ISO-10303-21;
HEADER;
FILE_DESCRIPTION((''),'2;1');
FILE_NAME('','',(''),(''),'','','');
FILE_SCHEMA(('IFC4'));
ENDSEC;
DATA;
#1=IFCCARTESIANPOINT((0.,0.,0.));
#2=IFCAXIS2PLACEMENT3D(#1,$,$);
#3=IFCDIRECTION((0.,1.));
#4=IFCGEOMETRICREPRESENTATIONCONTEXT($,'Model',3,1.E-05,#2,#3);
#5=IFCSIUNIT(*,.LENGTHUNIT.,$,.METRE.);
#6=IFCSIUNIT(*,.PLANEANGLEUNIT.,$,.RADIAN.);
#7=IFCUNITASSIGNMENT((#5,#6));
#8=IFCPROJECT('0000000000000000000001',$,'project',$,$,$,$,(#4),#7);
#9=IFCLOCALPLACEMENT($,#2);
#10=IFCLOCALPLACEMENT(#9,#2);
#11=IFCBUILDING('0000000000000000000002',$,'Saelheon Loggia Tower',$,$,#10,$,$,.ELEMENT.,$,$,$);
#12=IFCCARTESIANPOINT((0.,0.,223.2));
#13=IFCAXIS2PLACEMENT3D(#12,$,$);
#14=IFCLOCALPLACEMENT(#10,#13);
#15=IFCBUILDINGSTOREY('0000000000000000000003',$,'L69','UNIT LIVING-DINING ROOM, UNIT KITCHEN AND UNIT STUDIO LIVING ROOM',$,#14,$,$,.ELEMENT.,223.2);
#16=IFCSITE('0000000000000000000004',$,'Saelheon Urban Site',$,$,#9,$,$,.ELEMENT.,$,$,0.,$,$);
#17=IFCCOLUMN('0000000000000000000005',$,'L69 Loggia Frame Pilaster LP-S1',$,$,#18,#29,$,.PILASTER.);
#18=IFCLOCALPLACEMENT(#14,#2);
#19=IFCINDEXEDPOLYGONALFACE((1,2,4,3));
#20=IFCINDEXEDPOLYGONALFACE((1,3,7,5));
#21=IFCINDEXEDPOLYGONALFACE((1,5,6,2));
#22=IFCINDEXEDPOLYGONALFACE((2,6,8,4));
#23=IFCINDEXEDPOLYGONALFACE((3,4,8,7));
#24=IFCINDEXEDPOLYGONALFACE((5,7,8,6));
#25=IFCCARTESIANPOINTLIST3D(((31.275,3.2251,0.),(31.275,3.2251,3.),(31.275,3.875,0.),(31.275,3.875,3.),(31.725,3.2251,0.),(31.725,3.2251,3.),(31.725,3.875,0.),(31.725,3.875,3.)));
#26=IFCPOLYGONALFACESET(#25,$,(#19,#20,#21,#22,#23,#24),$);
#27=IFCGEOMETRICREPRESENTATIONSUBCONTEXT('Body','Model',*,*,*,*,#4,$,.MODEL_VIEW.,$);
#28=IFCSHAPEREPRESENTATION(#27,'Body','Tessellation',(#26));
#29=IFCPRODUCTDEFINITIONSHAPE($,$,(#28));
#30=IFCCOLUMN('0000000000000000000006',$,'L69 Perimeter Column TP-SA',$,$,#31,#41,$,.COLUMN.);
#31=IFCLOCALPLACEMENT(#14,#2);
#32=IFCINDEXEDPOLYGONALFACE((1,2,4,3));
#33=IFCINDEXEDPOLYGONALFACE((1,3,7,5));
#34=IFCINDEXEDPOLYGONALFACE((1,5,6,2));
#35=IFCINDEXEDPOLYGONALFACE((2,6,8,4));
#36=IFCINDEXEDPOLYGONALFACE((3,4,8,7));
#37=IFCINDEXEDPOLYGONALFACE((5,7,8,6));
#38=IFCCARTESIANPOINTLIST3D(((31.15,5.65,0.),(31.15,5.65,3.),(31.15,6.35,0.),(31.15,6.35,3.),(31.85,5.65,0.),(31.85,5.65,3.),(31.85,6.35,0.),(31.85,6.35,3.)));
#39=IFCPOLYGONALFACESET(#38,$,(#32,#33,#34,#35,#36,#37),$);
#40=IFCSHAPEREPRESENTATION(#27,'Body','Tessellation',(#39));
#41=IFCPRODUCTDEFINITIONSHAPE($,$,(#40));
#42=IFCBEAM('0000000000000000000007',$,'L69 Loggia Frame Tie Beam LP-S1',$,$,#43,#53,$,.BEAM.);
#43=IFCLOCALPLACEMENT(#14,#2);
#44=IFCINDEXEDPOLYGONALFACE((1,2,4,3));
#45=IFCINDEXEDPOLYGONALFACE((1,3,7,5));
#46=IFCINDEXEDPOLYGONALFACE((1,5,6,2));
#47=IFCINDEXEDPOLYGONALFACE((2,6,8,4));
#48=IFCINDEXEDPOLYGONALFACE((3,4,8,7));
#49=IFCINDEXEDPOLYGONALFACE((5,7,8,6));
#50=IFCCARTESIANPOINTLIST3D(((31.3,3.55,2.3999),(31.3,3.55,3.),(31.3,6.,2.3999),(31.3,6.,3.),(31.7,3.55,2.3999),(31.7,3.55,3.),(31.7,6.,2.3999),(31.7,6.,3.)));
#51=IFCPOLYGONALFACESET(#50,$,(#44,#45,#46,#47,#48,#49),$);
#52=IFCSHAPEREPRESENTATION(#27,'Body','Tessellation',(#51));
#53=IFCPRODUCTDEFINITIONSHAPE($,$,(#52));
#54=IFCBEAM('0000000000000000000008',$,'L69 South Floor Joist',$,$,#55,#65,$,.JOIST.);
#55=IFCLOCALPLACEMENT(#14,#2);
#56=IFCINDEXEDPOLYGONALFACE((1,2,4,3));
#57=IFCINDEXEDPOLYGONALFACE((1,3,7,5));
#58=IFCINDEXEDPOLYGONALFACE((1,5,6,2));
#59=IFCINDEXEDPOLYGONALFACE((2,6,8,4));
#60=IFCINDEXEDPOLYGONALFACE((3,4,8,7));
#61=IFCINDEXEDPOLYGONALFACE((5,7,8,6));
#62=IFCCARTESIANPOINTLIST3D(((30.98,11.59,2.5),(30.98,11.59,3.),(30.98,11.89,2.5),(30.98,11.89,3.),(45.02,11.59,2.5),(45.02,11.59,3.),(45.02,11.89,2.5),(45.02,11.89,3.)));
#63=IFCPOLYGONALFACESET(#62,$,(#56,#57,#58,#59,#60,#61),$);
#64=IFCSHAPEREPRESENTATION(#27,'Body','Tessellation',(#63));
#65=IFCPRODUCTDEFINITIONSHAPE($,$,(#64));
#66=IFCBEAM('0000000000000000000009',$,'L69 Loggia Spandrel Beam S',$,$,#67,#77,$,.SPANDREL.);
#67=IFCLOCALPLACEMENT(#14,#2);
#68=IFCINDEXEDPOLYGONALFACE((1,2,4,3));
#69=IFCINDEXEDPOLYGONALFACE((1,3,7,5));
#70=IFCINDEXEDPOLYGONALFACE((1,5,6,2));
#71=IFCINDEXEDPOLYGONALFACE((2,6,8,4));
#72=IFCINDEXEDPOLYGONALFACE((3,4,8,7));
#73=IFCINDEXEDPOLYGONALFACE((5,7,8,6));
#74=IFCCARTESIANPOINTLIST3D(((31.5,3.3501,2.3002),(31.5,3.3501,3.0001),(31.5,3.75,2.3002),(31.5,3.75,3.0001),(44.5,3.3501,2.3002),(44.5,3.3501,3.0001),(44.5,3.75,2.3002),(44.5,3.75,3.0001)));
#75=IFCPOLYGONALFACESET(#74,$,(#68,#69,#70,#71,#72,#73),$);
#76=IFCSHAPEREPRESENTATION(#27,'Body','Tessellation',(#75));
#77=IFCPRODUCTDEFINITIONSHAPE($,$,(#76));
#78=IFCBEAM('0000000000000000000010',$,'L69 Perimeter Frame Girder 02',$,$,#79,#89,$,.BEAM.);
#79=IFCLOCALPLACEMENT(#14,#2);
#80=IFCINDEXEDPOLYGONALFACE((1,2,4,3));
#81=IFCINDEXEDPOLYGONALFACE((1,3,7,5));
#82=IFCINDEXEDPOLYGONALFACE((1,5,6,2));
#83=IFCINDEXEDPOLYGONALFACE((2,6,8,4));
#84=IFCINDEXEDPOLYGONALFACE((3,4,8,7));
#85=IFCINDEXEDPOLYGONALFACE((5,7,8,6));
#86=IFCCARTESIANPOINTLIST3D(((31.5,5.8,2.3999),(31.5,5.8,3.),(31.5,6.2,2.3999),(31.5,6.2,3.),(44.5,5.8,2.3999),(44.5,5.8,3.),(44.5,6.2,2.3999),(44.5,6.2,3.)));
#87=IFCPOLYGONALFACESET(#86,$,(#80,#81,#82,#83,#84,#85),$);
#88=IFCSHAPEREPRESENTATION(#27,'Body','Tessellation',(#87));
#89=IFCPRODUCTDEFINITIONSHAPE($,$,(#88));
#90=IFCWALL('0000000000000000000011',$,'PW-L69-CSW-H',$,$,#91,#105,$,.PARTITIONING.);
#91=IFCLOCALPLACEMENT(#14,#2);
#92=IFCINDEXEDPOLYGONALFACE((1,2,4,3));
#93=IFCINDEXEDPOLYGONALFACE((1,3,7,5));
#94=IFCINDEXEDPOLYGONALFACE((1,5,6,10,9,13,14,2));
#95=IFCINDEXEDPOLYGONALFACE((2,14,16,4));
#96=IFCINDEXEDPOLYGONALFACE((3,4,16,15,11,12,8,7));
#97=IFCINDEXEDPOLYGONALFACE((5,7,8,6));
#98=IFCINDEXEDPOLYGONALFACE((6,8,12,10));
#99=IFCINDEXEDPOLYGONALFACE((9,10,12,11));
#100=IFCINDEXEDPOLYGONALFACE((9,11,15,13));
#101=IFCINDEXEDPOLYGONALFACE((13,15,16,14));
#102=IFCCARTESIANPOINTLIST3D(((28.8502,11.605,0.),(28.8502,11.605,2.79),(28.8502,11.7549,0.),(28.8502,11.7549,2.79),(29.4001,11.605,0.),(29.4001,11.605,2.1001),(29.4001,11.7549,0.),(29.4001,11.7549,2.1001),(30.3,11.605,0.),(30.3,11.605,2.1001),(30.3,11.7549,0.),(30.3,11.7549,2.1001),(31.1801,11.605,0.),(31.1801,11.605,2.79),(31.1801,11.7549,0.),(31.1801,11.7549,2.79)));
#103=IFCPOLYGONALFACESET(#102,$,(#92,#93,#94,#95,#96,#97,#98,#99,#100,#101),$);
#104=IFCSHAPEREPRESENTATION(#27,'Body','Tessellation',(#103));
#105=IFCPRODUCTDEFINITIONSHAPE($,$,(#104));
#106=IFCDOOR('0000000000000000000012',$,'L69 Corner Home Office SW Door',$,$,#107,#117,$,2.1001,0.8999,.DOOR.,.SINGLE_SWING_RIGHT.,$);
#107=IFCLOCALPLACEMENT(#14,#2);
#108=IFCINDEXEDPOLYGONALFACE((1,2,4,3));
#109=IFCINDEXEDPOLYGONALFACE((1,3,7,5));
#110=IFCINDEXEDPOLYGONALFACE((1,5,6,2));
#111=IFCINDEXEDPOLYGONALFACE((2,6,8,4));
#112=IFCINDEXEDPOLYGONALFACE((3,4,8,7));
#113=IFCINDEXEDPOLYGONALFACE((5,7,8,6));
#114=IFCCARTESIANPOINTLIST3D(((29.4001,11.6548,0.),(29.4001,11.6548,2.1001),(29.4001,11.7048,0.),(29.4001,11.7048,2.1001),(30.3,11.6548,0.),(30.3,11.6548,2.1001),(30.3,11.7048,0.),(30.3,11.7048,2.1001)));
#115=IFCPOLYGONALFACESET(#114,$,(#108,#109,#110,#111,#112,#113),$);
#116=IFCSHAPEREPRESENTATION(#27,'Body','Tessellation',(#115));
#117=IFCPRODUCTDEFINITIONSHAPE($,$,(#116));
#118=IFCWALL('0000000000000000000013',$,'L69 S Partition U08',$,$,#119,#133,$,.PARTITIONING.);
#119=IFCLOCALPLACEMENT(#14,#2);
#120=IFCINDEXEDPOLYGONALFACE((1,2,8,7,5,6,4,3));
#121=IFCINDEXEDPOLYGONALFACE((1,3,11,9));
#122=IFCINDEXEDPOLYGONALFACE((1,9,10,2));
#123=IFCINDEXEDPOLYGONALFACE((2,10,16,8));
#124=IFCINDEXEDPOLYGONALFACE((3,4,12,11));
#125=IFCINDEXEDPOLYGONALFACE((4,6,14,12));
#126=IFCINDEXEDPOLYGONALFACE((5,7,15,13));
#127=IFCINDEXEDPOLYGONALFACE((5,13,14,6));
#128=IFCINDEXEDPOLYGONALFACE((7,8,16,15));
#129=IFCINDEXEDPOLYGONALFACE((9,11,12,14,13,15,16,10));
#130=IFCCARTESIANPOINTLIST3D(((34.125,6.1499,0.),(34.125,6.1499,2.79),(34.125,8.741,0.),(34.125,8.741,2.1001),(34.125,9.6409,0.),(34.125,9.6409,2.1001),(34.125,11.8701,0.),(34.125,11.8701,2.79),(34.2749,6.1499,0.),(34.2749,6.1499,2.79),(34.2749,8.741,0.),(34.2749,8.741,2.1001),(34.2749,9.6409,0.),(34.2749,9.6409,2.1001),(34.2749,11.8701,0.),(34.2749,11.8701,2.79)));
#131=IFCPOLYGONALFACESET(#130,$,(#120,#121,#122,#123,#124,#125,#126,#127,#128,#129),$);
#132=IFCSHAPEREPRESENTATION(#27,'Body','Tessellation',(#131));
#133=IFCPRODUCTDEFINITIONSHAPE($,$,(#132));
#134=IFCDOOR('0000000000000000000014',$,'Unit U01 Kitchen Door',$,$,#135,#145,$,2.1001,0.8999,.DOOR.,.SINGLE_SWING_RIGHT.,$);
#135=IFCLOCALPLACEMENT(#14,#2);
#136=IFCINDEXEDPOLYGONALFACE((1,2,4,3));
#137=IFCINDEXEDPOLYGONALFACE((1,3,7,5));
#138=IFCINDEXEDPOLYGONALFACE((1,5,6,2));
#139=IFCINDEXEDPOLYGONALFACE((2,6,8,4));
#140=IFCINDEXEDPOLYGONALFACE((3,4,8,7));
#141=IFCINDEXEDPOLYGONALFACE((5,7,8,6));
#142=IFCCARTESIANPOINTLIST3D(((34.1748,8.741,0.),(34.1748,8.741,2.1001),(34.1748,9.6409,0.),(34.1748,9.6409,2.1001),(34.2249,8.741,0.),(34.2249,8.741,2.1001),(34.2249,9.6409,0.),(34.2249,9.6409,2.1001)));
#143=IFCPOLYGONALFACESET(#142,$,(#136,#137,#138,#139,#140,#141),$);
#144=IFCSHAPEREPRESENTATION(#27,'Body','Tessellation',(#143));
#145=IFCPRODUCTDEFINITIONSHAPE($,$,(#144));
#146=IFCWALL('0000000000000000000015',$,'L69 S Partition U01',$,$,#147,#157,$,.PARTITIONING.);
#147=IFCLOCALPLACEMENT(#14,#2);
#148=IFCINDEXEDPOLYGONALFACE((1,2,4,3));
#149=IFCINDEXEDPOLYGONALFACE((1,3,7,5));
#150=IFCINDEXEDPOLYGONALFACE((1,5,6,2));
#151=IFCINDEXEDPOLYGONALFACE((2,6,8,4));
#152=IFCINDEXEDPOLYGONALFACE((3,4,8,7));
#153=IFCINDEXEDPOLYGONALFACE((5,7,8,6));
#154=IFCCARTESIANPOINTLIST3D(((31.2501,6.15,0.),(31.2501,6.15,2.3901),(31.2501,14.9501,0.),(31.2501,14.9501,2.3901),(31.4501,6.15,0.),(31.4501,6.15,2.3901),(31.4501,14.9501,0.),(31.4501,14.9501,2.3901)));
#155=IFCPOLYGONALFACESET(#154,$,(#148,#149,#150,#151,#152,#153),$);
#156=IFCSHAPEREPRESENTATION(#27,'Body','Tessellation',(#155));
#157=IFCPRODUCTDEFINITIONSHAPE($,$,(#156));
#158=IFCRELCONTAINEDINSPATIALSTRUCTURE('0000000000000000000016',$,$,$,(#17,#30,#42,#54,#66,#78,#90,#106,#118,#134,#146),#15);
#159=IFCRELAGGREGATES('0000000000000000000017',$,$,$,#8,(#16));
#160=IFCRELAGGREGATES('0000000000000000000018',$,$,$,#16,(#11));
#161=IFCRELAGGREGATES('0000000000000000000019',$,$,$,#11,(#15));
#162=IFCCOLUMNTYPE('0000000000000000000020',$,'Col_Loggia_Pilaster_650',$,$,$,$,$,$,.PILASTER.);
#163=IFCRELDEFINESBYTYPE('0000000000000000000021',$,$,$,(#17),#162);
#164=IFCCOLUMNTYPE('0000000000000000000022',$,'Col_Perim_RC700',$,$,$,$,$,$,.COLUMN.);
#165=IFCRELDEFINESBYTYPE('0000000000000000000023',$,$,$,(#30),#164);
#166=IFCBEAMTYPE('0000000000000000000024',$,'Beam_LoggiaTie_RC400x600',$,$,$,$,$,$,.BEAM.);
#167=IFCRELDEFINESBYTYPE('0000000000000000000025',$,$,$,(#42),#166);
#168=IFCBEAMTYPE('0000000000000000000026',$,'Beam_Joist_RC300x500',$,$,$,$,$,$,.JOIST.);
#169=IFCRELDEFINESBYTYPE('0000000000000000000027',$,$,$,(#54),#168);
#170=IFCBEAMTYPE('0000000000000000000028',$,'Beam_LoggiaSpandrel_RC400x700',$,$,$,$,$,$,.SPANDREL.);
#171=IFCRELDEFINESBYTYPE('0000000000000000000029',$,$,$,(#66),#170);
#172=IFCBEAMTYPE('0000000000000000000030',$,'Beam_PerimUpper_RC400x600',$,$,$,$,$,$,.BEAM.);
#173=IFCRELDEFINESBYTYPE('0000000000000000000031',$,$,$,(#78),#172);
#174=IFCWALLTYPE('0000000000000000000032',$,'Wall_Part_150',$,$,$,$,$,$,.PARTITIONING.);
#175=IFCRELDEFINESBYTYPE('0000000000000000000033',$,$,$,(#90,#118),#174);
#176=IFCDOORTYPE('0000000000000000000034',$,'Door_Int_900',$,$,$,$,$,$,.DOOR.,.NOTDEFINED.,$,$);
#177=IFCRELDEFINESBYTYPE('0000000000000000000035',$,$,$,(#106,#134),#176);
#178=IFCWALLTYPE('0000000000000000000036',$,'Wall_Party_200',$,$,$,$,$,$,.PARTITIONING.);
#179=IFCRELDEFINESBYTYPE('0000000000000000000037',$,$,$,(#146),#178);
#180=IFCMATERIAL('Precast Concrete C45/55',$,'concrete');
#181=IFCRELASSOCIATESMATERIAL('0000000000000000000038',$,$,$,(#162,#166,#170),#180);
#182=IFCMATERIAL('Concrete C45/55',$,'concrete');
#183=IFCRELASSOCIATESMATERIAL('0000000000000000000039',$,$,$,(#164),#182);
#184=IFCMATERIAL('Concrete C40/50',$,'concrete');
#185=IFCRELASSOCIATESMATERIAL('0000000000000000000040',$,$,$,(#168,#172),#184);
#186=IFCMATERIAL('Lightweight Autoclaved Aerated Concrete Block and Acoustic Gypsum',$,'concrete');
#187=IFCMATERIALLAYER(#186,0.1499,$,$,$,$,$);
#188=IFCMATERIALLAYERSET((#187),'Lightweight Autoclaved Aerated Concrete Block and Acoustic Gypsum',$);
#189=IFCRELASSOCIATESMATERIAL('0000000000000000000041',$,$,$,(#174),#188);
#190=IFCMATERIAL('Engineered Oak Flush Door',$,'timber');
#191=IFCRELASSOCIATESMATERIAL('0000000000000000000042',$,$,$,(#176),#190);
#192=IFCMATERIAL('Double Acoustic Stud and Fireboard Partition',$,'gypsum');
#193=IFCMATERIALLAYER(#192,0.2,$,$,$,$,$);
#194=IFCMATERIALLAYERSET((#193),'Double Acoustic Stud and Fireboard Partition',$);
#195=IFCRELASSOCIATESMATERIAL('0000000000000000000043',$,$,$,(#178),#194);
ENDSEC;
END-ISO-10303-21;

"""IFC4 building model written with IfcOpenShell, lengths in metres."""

from ifc_helpers import new_model, si_unit, direction, frame, frame_2d, origin, origin_2d, place, context, subcontext, project, spatial, rectangle, extrude, source, transform, mapped, material, layer, layer_set, material_profile, profile_set, type_object, element, fill, save


model = new_model("IFC4")

# Units and contexts
model_context = context("Model", 3, precision=1e-05, world=origin(), true_north=direction((0.0, 1.0)))
body_context = subcontext(model_context, "Body", "Model", "MODEL_VIEW")
ifc_project = project(units=[si_unit("LENGTHUNIT", "METRE"), si_unit("PLANEANGLEUNIT", "RADIAN")], contexts=[model_context])

# Site, building, storey
site_placement = place(None, origin())
site = spatial("IfcSite", under=ifc_project, at=site_placement, Name="Saelheon Urban Site", CompositionType="ELEMENT", RefElevation=0.0)
building_placement = place(site_placement, origin())
building = spatial("IfcBuilding", under=site, at=building_placement, Name="Saelheon Loggia Tower", CompositionType="ELEMENT")
storey_placement = place(building_placement, frame((0.0, 0.0, 223.2)))
storey = spatial("IfcBuildingStorey", under=building, at=storey_placement, Name="L69", Description="UNIT LIVING-DINING ROOM, UNIT KITCHEN AND UNIT STUDIO LIVING ROOM", CompositionType="ELEMENT", Elevation=223.2)

# Columns
ifc_material_1 = material(Name="Precast Concrete C45/55", Category="concrete")
ifc_material_profile_1 = material_profile(ifc_material_1, rectangle(XDim=0.45, YDim=0.6499, at=origin_2d()), Name="RC-450x650")
ifc_profile_set_1 = profile_set([ifc_material_profile_1], Name="Precast Concrete C45/55")
column_type_1 = type_object("IfcColumnType", Name="Col_Loggia_Pilaster_650", PredefinedType="PILASTER", material=ifc_profile_set_1)
shared_shape_1 = source(origin(), body_context, "Body", "SweptSolid", [
    extrude(rectangle(XDim=0.45, YDim=0.6499, at=origin_2d()), origin(), (0.0, 0.0, 1.0), 3.0),
])
column_1_placement = place(storey_placement, frame((31.5, 3.55, 0.0), z_axis=(0.0, 0.0, 1.0), x_axis=(1.0, 0.0, 0.0)))
element("IfcColumn", 1, at=column_1_placement, inside=storey, type_object=column_type_1, Name="L69 Loggia Frame Pilaster LP-S1", PredefinedType="PILASTER", context=body_context, shape_type="MappedRepresentation", body=[
    mapped(shared_shape_1, transform((0.0, 0.0, 0.0), scale=1.0)),
])
ifc_material_2 = material(Name="Concrete C45/55", Category="concrete")
ifc_material_profile_2 = material_profile(ifc_material_2, rectangle(XDim=0.7, YDim=0.7, at=origin_2d()), Name="RC-700x700")
ifc_profile_set_2 = profile_set([ifc_material_profile_2], Name="Concrete C45/55")
column_type_2 = type_object("IfcColumnType", Name="Col_Perim_RC700", PredefinedType="COLUMN", material=ifc_profile_set_2)
shared_shape_2 = source(origin(), body_context, "Body", "SweptSolid", [
    extrude(rectangle(XDim=0.7, YDim=0.7, at=origin_2d()), origin(), (0.0, 0.0, 1.0), 3.0),
])
column_2_placement = place(storey_placement, frame((31.5, 6.0, 0.0), z_axis=(0.0, 0.0, 1.0), x_axis=(1.0, 0.0, 0.0)))
element("IfcColumn", 2, at=column_2_placement, inside=storey, type_object=column_type_2, Name="L69 Perimeter Column TP-SA", PredefinedType="COLUMN", context=body_context, shape_type="MappedRepresentation", body=[
    mapped(shared_shape_2, transform((0.0, 0.0, 0.0), scale=1.0)),
])

# Beams
ifc_material_profile_3 = material_profile(ifc_material_1, rectangle(XDim=0.3999, YDim=0.6001, at=origin_2d()), Name="RC-400x600")
ifc_profile_set_3 = profile_set([ifc_material_profile_3], Name="Precast Concrete C45/55")
beam_type_1 = type_object("IfcBeamType", Name="Beam_LoggiaTie_RC400x600", PredefinedType="BEAM", material=ifc_profile_set_3)
shared_shape_3 = source(origin(), body_context, "Body", "SweptSolid", [
    extrude(rectangle(XDim=0.3999, YDim=0.6001, at=origin_2d()), origin(), (0.0, 0.0, 1.0), 2.45),
])
beam_1_placement = place(storey_placement, frame((31.5, 6.0, 2.7), z_axis=(0.0, -1.0, 0.0), x_axis=(1.0, 0.0, 0.0)))
element("IfcBeam", 3, at=beam_1_placement, inside=storey, type_object=beam_type_1, Name="L69 Loggia Frame Tie Beam LP-S1", PredefinedType="BEAM", context=body_context, shape_type="MappedRepresentation", body=[
    mapped(shared_shape_3, transform((0.0, 0.0, 0.0), scale=1.0)),
])
ifc_material_3 = material(Name="Concrete C40/50", Category="concrete")
ifc_material_profile_4 = material_profile(ifc_material_3, rectangle(XDim=0.3, YDim=0.5, at=origin_2d()), Name="RC-300x500")
ifc_profile_set_4 = profile_set([ifc_material_profile_4], Name="Concrete C40/50")
beam_type_2 = type_object("IfcBeamType", Name="Beam_Joist_RC300x500", PredefinedType="JOIST", material=ifc_profile_set_4)
shared_shape_4 = source(origin(), body_context, "Body", "SweptSolid", [
    extrude(rectangle(XDim=0.3, YDim=0.5, at=origin_2d()), origin(), (0.0, 0.0, 1.0), 14.04),
])
beam_2_placement = place(storey_placement, frame((30.98, 11.74, 2.75), z_axis=(1.0, 0.0, 0.0), x_axis=(0.0, 1.0, 0.0)))
element("IfcBeam", 4, at=beam_2_placement, inside=storey, type_object=beam_type_2, Name="L69 South Floor Joist", PredefinedType="JOIST", context=body_context, shape_type="MappedRepresentation", body=[
    mapped(shared_shape_4, transform((0.0, 0.0, 0.0), scale=1.0)),
])
ifc_material_profile_5 = material_profile(ifc_material_1, rectangle(XDim=0.3999, YDim=0.7, at=origin_2d()), Name="RC-400x700")
ifc_profile_set_5 = profile_set([ifc_material_profile_5], Name="Precast Concrete C45/55")
beam_type_3 = type_object("IfcBeamType", Name="Beam_LoggiaSpandrel_RC400x700", PredefinedType="SPANDREL", material=ifc_profile_set_5)
shared_shape_5 = source(origin(), body_context, "Body", "SweptSolid", [
    extrude(rectangle(XDim=0.3999, YDim=0.7, at=origin_2d()), origin(), (0.0, 0.0, 1.0), 13.0),
])
beam_3_placement = place(storey_placement, frame((31.5, 3.55, 2.6501), z_axis=(1.0, 0.0, 0.0), x_axis=(0.0, 1.0, 0.0)))
element("IfcBeam", 5, at=beam_3_placement, inside=storey, type_object=beam_type_3, Name="L69 Loggia Spandrel Beam S", PredefinedType="SPANDREL", context=body_context, shape_type="MappedRepresentation", body=[
    mapped(shared_shape_5, transform((0.0, 0.0, 0.0), scale=1.0)),
])
ifc_material_profile_6 = material_profile(ifc_material_3, rectangle(XDim=0.3999, YDim=0.6001, at=origin_2d()), Name="RC-400x600")
ifc_profile_set_6 = profile_set([ifc_material_profile_6], Name="Concrete C40/50")
beam_type_4 = type_object("IfcBeamType", Name="Beam_PerimUpper_RC400x600", PredefinedType="BEAM", material=ifc_profile_set_6)
shared_shape_6 = source(origin(), body_context, "Body", "SweptSolid", [
    extrude(rectangle(XDim=0.3999, YDim=0.6001, at=origin_2d()), origin(), (0.0, 0.0, 1.0), 13.0),
])
beam_4_placement = place(storey_placement, frame((31.5, 6.0, 2.7), z_axis=(1.0, 0.0, 0.0), x_axis=(0.0, 1.0, 0.0)))
element("IfcBeam", 6, at=beam_4_placement, inside=storey, type_object=beam_type_4, Name="L69 Perimeter Frame Girder 02", PredefinedType="BEAM", context=body_context, shape_type="MappedRepresentation", body=[
    mapped(shared_shape_6, transform((0.0, 0.0, 0.0), scale=1.0)),
])

# Walls, openings, doors
ifc_material_4 = material(Name="Lightweight Autoclaved Aerated Concrete Block and Acoustic Gypsum", Category="concrete")
ifc_layer_1 = layer(ifc_material_4, 0.1499)
ifc_layer_set_1 = layer_set([ifc_layer_1], Name="Lightweight Autoclaved Aerated Concrete Block and Acoustic Gypsum")
wall_type_1 = type_object("IfcWallType", Name="Wall_Part_150", PredefinedType="PARTITIONING", material=ifc_layer_set_1)
wall_1_placement = place(storey_placement, frame((28.8501, 11.6799, 0.0), z_axis=(0.0, 0.0, 1.0), x_axis=(1.0, 0.0, 0.0)))
wall_1 = element("IfcWall", 7, at=wall_1_placement, inside=storey, type_object=wall_type_1, Name="PW-L69-CSW-H", PredefinedType="PARTITIONING", context=body_context, shape_type="SweptSolid", body=[
    extrude(rectangle(XDim=2.3298, YDim=0.1499, at=frame_2d((1.165, 0.0))), origin(), (0.0, 0.0, 1.0), 2.79),
])
opening_1_placement = place(wall_1_placement, frame((0.55, 0.0, 0.0)))
opening_1 = element("IfcOpeningElement", 8, at=opening_1_placement, cuts=wall_1, PredefinedType="OPENING", context=body_context, shape_type="SweptSolid", body=[
    extrude(rectangle(XDim=0.8999, YDim=2.1001, at=frame_2d((0.45, 1.05))), frame((0.0, 0.0869, 0.0), z_axis=(0.0, -1.0, 0.0), x_axis=(1.0, 0.0, 0.0)), (0.0, 0.0, 1.0), 0.1738),
])
ifc_material_5 = material(Name="Engineered Oak Flush Door", Category="timber")
door_type_1 = type_object("IfcDoorType", Name="Door_Int_900", OperationType="NOTDEFINED", PredefinedType="DOOR", material=ifc_material_5)
shared_shape_7 = source(origin(), body_context, "Body", "SweptSolid", [
    extrude(rectangle(XDim=0.8999, YDim=2.1001, at=frame_2d((0.45, 1.05))), frame((0.0, 0.0249, 0.0), z_axis=(0.0, -1.0, 0.0), x_axis=(1.0, 0.0, 0.0)), (0.0, 0.0, 1.0), 0.05),
])
door_1_placement = place(opening_1_placement, origin())
door_1 = element("IfcDoor", 9, at=door_1_placement, inside=storey, type_object=door_type_1, Name="L69 Corner Home Office SW Door", OperationType="SINGLE_SWING_RIGHT", OverallHeight=2.1001, OverallWidth=0.8999, PredefinedType="DOOR", context=body_context, shape_type="MappedRepresentation", body=[
    mapped(shared_shape_7, transform((0.0, 0.0, 0.0), scale=1.0)),
])
fill(opening_1, door_1)
wall_2_placement = place(storey_placement, frame((34.2, 11.8701, 0.0), z_axis=(0.0, 0.0, 1.0), x_axis=(0.0, -1.0, 0.0)))
wall_2 = element("IfcWall", 10, at=wall_2_placement, inside=storey, type_object=wall_type_1, Name="L69 S Partition U08", PredefinedType="PARTITIONING", context=body_context, shape_type="SweptSolid", body=[
    extrude(rectangle(XDim=5.7202, YDim=0.1499, at=frame_2d((2.8601, 0.0))), origin(), (0.0, 0.0, 1.0), 2.79),
])
opening_2_placement = place(wall_2_placement, frame((2.2292, 0.0, 0.0)))
opening_2 = element("IfcOpeningElement", 11, at=opening_2_placement, cuts=wall_2, PredefinedType="OPENING", context=body_context, shape_type="SweptSolid", body=[
    extrude(rectangle(XDim=0.8999, YDim=2.1001, at=frame_2d((0.45, 1.05))), frame((0.0, 0.0869, 0.0), z_axis=(0.0, -1.0, 0.0), x_axis=(1.0, 0.0, 0.0)), (0.0, 0.0, 1.0), 0.1738),
])
door_2_placement = place(opening_2_placement, origin())
door_2 = element("IfcDoor", 12, at=door_2_placement, inside=storey, type_object=door_type_1, Name="Unit U01 Kitchen Door", OperationType="SINGLE_SWING_RIGHT", OverallHeight=2.1001, OverallWidth=0.8999, PredefinedType="DOOR", context=body_context, shape_type="MappedRepresentation", body=[
    mapped(shared_shape_7, transform((0.0, 0.0, 0.0), scale=1.0)),
])
fill(opening_2, door_2)

# Wall
ifc_material_6 = material(Name="Double Acoustic Stud and Fireboard Partition", Category="gypsum")
ifc_layer_2 = layer(ifc_material_6, 0.2)
ifc_layer_set_2 = layer_set([ifc_layer_2], Name="Double Acoustic Stud and Fireboard Partition")
wall_type_2 = type_object("IfcWallType", Name="Wall_Party_200", PredefinedType="PARTITIONING", material=ifc_layer_set_2)
wall_3_placement = place(storey_placement, frame((31.3501, 14.95, 0.0), z_axis=(0.0, 0.0, 1.0), x_axis=(0.0, -1.0, 0.0)))
element("IfcWall", 13, at=wall_3_placement, inside=storey, type_object=wall_type_2, Name="L69 S Partition U01", PredefinedType="PARTITIONING", context=body_context, shape_type="SweptSolid", body=[
    extrude(rectangle(XDim=8.8, YDim=0.2, at=frame_2d((4.3999, 0.0))), origin(), (0.0, 0.0, 1.0), 2.3901),
])

save(model, "model.ifc")
